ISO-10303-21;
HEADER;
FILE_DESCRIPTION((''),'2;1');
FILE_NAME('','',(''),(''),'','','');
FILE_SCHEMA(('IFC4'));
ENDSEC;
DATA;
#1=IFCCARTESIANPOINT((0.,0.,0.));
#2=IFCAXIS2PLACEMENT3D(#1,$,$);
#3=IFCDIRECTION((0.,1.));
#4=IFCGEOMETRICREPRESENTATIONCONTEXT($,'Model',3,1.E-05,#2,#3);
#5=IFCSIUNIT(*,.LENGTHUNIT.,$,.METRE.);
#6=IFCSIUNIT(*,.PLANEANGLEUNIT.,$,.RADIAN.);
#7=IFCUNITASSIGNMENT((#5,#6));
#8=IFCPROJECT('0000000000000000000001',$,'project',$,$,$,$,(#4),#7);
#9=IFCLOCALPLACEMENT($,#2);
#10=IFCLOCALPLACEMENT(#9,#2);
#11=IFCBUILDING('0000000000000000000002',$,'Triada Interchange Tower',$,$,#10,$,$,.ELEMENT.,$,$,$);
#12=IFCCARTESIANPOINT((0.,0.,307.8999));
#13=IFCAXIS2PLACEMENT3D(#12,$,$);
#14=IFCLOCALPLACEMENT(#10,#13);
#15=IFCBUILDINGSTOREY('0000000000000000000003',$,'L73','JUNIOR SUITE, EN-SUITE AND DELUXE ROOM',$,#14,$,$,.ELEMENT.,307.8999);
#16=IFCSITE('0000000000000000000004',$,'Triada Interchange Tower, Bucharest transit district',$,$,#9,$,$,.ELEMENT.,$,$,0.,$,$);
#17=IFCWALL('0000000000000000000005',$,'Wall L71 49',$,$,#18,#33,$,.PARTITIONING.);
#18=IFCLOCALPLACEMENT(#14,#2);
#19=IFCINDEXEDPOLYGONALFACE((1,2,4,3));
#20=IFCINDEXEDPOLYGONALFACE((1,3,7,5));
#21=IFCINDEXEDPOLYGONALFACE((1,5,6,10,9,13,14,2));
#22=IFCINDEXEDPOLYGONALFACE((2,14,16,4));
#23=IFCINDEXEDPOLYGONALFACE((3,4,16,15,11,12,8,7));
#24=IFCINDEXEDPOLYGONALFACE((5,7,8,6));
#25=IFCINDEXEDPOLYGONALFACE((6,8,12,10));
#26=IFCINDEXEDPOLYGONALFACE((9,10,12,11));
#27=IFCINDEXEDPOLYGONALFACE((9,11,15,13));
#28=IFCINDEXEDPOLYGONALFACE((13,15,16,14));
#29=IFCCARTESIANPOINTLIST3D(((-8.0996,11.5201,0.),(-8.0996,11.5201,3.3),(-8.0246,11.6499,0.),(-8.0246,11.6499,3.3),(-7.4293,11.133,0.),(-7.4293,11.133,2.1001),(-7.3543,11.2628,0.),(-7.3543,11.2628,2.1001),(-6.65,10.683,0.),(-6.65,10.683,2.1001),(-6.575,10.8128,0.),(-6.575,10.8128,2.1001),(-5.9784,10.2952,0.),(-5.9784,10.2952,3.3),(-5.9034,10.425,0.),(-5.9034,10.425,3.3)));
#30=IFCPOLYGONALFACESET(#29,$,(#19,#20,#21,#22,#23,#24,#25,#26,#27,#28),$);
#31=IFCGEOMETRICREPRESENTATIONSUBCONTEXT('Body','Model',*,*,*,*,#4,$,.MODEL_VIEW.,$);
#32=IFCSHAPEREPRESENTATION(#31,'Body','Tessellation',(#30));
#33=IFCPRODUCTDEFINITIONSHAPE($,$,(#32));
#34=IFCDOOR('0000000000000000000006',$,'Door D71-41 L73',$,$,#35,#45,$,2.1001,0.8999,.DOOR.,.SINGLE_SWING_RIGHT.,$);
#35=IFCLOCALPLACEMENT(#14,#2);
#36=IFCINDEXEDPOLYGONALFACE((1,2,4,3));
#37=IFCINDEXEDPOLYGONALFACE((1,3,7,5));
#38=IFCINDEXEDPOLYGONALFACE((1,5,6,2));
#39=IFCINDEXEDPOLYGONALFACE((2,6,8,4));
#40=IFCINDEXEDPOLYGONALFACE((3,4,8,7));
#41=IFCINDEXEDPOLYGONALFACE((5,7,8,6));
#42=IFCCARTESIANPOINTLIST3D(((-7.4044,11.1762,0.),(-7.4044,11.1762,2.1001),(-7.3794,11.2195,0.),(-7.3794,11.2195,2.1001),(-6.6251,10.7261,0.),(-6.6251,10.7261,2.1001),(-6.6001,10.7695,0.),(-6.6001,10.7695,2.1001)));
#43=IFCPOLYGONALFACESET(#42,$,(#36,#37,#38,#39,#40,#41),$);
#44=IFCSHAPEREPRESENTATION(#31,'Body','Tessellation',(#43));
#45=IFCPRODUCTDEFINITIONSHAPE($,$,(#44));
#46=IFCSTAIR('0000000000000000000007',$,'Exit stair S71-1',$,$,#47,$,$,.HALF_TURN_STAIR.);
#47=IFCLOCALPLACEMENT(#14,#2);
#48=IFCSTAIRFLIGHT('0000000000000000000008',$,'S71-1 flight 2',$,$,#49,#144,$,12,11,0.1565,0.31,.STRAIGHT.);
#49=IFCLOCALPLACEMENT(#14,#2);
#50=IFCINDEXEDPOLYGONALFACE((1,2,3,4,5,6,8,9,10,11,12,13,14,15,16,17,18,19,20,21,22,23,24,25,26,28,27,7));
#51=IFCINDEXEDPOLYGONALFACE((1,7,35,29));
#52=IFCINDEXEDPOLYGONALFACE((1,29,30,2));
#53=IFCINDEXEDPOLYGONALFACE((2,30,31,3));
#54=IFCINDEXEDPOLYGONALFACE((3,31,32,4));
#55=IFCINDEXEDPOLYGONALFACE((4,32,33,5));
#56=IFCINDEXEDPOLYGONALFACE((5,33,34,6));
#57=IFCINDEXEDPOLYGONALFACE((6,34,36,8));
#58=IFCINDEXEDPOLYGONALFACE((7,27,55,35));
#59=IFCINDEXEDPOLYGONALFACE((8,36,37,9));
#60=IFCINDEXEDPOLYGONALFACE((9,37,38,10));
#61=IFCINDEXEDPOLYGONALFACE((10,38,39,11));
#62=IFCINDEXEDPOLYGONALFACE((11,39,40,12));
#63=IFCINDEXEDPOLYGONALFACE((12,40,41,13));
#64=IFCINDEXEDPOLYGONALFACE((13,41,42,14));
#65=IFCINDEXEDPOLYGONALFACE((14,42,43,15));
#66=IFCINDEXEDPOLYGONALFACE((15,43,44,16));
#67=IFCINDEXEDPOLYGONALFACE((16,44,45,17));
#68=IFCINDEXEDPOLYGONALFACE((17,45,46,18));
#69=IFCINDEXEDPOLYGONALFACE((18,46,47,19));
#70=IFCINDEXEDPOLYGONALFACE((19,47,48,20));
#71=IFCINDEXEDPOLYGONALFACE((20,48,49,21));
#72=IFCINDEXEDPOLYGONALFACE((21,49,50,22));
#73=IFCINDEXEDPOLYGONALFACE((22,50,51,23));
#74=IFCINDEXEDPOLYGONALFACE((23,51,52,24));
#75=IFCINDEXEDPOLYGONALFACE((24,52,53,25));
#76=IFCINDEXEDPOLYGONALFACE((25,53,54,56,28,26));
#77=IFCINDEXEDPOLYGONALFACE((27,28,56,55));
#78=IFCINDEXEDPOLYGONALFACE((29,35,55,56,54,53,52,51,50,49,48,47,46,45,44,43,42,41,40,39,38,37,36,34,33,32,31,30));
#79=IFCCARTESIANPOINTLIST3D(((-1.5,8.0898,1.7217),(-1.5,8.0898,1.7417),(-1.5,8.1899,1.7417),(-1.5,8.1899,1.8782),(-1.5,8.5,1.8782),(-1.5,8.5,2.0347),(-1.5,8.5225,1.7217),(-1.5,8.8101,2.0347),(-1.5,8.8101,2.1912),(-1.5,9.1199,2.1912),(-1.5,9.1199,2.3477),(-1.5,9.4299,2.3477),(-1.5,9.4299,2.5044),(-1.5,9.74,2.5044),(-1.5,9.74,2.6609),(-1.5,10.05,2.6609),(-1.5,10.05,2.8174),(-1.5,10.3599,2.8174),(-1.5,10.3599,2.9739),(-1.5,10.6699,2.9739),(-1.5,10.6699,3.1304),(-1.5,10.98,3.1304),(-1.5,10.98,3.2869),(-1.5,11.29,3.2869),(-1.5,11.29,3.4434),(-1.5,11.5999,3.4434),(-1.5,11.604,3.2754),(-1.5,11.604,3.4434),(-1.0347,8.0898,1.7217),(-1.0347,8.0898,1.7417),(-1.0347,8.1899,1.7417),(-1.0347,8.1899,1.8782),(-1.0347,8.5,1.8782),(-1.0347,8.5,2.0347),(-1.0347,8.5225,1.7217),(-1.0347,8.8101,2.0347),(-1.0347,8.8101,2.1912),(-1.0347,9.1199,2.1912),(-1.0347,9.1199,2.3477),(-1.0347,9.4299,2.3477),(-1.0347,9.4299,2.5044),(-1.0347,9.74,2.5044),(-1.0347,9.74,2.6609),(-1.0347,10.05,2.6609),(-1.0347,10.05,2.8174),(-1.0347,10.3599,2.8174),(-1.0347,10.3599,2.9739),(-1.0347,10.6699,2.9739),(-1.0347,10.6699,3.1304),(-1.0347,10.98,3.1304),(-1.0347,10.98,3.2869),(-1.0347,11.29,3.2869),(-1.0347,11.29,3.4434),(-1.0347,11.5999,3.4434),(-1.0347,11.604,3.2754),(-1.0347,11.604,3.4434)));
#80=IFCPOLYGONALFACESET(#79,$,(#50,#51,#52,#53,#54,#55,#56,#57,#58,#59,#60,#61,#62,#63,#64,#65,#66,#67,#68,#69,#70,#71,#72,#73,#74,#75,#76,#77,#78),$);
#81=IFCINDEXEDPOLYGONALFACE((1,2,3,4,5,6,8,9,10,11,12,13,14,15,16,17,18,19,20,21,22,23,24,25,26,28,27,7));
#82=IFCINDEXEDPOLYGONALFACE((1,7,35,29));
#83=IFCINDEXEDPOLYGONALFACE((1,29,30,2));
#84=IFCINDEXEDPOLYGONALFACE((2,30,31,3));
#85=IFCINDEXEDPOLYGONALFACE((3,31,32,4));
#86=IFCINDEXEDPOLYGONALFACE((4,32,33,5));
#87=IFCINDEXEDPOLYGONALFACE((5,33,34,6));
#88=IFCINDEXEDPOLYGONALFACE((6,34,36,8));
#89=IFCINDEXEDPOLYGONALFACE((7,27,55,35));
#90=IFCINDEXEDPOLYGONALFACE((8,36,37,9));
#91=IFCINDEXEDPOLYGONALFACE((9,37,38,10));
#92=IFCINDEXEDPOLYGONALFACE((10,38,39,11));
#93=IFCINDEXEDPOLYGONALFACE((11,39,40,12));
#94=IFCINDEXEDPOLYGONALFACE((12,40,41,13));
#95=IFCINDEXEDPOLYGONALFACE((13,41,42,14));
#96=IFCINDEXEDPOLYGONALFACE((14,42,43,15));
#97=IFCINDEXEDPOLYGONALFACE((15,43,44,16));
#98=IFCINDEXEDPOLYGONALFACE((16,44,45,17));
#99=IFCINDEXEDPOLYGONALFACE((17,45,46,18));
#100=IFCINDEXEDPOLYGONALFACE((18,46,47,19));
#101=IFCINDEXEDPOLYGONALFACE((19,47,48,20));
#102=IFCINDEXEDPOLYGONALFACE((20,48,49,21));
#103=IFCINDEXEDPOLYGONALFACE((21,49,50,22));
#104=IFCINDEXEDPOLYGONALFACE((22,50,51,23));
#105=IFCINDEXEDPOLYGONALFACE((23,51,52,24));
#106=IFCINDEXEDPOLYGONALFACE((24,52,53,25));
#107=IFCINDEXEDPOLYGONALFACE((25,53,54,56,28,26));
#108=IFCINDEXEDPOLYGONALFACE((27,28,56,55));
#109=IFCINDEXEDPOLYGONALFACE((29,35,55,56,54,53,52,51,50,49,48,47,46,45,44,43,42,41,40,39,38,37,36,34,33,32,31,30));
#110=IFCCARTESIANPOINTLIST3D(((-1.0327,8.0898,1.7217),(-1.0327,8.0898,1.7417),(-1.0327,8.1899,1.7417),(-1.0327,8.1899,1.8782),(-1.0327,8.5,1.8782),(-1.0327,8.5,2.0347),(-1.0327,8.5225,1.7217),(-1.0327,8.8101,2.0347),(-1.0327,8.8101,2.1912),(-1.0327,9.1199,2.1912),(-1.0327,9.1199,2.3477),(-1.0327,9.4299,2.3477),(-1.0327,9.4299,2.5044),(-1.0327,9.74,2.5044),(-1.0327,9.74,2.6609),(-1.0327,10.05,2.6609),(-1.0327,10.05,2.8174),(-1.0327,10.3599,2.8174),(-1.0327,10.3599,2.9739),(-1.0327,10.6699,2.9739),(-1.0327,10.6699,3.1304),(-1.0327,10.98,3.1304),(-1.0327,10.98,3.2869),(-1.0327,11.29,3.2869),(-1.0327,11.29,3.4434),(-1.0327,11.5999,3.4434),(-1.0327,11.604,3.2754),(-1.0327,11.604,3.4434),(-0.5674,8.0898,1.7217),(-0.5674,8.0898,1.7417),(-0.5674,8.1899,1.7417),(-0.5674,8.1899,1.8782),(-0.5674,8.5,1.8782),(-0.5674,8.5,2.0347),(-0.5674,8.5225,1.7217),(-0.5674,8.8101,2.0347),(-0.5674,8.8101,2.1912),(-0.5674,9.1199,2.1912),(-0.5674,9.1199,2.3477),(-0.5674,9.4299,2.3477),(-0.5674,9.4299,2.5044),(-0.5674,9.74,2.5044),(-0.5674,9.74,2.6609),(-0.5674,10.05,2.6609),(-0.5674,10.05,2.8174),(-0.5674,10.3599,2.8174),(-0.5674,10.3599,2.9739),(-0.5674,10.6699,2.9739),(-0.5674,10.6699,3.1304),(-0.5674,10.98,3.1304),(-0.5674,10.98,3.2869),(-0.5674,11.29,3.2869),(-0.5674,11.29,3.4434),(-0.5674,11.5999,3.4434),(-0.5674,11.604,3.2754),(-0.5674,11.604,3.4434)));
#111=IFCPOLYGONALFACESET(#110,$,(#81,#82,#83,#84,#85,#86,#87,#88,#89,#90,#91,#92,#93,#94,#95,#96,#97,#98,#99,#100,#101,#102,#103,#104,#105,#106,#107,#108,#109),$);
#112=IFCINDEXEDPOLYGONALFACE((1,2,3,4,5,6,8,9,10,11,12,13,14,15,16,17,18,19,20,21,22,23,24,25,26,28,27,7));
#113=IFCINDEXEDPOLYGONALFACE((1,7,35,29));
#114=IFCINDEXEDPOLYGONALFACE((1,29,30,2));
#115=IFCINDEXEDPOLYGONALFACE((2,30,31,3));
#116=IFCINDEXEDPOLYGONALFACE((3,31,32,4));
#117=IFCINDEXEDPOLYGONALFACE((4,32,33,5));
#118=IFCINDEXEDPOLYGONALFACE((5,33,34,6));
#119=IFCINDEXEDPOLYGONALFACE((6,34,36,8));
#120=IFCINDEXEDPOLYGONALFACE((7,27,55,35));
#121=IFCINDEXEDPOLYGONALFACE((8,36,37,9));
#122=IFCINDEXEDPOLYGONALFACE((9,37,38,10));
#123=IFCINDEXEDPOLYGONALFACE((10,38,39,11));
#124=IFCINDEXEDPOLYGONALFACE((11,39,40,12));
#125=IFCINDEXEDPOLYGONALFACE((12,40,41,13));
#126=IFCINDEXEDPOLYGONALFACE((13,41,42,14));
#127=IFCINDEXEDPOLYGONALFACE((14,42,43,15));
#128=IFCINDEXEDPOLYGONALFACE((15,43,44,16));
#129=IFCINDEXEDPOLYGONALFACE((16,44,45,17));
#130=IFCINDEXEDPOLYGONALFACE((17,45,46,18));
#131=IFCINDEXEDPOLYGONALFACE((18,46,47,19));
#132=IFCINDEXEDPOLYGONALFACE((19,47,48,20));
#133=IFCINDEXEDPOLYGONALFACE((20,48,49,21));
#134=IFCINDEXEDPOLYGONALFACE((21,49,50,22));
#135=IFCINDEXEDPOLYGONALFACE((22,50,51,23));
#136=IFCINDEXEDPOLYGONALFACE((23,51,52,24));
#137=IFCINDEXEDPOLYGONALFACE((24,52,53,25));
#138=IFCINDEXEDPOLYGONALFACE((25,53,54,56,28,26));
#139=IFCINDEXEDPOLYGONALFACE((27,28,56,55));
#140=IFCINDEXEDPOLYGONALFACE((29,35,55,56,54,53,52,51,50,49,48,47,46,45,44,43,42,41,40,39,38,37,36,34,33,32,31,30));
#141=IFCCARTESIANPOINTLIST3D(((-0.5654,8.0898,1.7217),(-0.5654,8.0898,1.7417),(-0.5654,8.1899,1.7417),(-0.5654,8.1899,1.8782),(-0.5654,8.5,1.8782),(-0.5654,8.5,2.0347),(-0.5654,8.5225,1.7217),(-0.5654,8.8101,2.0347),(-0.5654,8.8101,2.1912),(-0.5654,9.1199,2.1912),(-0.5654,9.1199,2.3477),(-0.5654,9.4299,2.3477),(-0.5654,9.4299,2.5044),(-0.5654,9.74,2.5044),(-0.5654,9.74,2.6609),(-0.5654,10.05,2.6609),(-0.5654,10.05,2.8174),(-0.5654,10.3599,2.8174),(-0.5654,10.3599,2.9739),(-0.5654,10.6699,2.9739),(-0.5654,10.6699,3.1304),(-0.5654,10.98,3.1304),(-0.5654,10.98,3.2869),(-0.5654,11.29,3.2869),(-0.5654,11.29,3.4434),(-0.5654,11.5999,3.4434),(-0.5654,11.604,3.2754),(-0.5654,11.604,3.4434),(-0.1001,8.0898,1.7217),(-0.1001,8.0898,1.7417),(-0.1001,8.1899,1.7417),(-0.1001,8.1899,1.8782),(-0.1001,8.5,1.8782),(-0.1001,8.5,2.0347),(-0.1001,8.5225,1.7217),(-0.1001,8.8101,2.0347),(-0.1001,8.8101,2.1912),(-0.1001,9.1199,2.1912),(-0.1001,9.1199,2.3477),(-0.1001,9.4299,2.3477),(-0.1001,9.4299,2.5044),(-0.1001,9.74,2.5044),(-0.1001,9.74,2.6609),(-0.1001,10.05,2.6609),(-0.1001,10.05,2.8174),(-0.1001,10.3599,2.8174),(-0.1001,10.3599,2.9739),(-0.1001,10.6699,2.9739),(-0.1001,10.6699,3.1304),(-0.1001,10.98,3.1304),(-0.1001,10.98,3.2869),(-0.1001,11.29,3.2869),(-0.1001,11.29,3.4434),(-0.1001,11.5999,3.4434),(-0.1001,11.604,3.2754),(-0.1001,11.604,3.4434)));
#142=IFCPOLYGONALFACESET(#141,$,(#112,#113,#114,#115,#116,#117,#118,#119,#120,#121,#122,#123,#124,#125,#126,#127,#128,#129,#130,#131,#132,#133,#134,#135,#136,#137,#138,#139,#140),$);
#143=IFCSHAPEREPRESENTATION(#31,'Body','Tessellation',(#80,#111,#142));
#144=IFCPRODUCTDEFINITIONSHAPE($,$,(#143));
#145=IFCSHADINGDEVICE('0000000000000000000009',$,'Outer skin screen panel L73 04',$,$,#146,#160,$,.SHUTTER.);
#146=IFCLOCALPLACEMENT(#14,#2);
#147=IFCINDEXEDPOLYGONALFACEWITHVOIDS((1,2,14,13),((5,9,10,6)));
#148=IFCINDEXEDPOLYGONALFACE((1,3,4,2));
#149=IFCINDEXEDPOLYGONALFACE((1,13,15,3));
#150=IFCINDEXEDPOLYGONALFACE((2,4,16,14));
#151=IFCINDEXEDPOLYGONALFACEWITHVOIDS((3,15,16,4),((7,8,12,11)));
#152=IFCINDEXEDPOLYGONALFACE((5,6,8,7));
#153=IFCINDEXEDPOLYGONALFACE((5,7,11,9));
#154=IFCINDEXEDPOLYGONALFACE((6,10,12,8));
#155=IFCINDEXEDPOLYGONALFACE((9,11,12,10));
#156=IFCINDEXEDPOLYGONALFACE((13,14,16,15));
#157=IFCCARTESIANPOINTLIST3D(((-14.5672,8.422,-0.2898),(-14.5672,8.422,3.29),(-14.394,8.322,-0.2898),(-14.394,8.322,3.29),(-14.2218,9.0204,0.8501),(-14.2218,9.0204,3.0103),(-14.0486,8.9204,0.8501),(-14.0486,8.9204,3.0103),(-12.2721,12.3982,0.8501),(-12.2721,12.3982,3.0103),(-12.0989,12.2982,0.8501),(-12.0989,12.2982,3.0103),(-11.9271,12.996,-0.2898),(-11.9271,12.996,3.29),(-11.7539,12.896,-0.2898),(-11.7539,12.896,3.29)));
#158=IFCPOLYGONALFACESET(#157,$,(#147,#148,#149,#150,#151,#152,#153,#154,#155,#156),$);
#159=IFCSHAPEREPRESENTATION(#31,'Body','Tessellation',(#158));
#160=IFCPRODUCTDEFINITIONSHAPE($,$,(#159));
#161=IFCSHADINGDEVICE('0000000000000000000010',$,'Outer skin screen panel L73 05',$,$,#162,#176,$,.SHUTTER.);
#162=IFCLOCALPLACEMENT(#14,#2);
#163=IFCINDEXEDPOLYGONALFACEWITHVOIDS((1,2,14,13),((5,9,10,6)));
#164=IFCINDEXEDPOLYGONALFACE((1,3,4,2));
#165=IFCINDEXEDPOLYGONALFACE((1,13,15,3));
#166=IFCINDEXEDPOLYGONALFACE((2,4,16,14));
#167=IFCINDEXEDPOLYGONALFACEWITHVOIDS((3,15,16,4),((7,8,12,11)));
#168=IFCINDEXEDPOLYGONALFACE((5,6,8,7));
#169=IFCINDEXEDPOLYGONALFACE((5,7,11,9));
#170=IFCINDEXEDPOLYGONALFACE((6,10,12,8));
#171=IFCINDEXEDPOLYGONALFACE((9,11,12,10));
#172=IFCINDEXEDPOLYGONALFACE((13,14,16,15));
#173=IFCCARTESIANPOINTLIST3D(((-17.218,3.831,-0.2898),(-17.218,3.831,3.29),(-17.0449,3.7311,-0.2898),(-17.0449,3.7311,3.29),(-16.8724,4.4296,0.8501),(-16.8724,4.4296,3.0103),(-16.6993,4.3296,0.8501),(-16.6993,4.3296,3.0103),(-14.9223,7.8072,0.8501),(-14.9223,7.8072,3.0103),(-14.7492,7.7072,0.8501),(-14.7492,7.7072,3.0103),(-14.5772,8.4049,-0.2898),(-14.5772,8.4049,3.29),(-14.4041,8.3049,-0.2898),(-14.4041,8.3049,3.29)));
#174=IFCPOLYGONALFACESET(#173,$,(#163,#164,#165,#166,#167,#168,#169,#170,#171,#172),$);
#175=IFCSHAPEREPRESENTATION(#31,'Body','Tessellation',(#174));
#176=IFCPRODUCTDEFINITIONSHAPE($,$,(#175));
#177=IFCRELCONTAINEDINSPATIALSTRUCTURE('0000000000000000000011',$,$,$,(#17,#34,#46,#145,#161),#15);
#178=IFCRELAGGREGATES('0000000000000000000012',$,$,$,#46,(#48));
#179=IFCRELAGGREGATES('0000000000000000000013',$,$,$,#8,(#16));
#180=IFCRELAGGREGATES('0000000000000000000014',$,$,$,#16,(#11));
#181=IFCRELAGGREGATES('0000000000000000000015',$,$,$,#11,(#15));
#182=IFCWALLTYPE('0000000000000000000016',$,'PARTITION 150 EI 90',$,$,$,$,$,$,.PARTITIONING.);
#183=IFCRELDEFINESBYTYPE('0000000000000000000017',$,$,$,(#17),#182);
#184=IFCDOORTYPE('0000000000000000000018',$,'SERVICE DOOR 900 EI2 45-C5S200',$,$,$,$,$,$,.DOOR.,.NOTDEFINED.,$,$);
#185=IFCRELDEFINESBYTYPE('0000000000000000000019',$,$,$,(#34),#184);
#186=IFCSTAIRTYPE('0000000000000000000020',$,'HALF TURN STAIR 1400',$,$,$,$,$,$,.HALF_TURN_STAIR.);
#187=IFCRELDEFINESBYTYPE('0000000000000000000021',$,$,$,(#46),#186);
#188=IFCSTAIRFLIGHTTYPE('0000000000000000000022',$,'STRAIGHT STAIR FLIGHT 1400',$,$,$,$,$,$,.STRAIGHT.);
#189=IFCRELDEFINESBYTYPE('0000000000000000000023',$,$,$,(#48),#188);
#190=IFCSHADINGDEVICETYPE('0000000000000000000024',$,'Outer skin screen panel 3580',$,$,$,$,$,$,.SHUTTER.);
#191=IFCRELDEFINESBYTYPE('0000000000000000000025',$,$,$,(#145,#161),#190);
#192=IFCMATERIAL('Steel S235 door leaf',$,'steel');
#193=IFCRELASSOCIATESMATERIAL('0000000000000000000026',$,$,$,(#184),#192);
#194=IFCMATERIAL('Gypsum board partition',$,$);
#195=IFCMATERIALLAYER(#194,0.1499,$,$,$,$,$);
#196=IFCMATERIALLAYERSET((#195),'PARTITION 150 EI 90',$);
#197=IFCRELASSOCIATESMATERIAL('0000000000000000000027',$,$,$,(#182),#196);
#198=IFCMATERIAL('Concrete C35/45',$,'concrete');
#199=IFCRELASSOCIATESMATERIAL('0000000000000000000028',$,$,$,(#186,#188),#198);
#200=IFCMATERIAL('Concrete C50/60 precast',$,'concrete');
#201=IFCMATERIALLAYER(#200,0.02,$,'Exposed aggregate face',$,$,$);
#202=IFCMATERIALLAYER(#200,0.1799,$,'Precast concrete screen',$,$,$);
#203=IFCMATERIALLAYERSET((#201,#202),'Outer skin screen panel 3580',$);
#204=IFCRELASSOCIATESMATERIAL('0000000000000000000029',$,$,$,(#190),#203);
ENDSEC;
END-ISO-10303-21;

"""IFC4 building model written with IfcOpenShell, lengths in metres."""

from ifc_helpers import new_model, si_unit, direction, frame, frame_2d, origin, place, context, subcontext, project, spatial, polyline, rectangle, outline, extrude, material, layer, layer_set, type_object, element, fill, aggregate, save


model = new_model("IFC4")

# Units and contexts
model_context = context("Model", 3, precision=1e-05, world=origin(), true_north=direction((0.0, 1.0)))
body_context = subcontext(model_context, "Body", "Model", "MODEL_VIEW")
ifc_project = project(units=[si_unit("LENGTHUNIT", "METRE"), si_unit("PLANEANGLEUNIT", "RADIAN")], contexts=[model_context])

# Site, building, storey
site_placement = place(None, origin())
site = spatial("IfcSite", under=ifc_project, at=site_placement, Name="Triada Interchange Tower, Bucharest transit district", CompositionType="ELEMENT", RefElevation=0.0)
building_placement = place(site_placement, origin())
building = spatial("IfcBuilding", under=site, at=building_placement, Name="Triada Interchange Tower", CompositionType="ELEMENT")
storey_placement = place(building_placement, frame((0.0, 0.0, 307.8999)))
storey = spatial("IfcBuildingStorey", under=building, at=storey_placement, Name="L73", Description="JUNIOR SUITE, EN-SUITE AND DELUXE ROOM", CompositionType="ELEMENT", Elevation=307.8999)

# Shared definitions
ifc_material_1 = material(Name="Steel S235 door leaf", Category="steel")
door_type_1 = type_object("IfcDoorType", Name="SERVICE DOOR 900 EI2 45-C5S200", OperationType="NOTDEFINED", PredefinedType="DOOR", material=ifc_material_1)

# Shared definitions
ifc_material_2 = material(Name="Gypsum board partition")

# Shared definitions
ifc_layer_1 = layer(ifc_material_2, 0.1499)
ifc_layer_set_1 = layer_set([ifc_layer_1], Name="PARTITION 150 EI 90")
wall_type_1 = type_object("IfcWallType", Name="PARTITION 150 EI 90", PredefinedType="PARTITIONING", material=ifc_layer_set_1)

# Wall, opening, door
wall_1_placement = place(storey_placement, frame((-8.062, 11.585, 0.0), z_axis=(0.0, 0.0, 1.0), x_axis=(0.865983, -0.500073, 0.0)))
wall_1 = element("IfcWall", 1, at=wall_1_placement, inside=storey, type_object=wall_type_1, Name="Wall L71 49", PredefinedType="PARTITIONING", context=body_context, shape_type="SweptSolid", body=[
    extrude(rectangle(XDim=2.4495, YDim=0.1499, at=frame_2d((1.2246, 0.0))), origin(), (0.0, 0.0, 1.0), 3.3),
])
opening_1_placement = place(wall_1_placement, frame((0.7739, 0.0, 0.0)))
opening_1 = element("IfcOpeningElement", 2, at=opening_1_placement, cuts=wall_1, PredefinedType="OPENING", context=body_context, shape_type="SweptSolid", body=[
    extrude(rectangle(XDim=0.8999, YDim=2.1001, at=frame_2d((0.45, 1.05))), frame((0.0, 0.085, 0.0), z_axis=(0.0, -1.0, 0.0), x_axis=(1.0, 0.0, 0.0)), (0.0, 0.0, 1.0), 0.1699),
])
door_1_placement = place(opening_1_placement, origin())
door_1 = element("IfcDoor", 3, at=door_1_placement, inside=storey, type_object=door_type_1, Name="Door D71-41 L73", OperationType="SINGLE_SWING_RIGHT", OverallHeight=2.1001, OverallWidth=0.8999, PredefinedType="DOOR", context=body_context, shape_type="SweptSolid", body=[
    extrude(rectangle(XDim=0.8999, YDim=2.1001, at=frame_2d((0.45, 1.05))), frame((0.0, 0.0249, 0.0), z_axis=(0.0, -1.0, 0.0), x_axis=(1.0, 0.0, 0.0)), (0.0, 0.0, 1.0), 0.05),
])
fill(opening_1, door_1)

# Stair, stair flight
ifc_material_3 = material(Name="Concrete C35/45", Category="concrete")
stair_type = type_object("IfcStairType", Name="HALF TURN STAIR 1400", PredefinedType="HALF_TURN_STAIR", material=ifc_material_3)
stair_placement = place(storey_placement, origin())
stair = element("IfcStair", 4, at=stair_placement, inside=storey, type_object=stair_type, Name="Exit stair S71-1", PredefinedType="HALF_TURN_STAIR")
stair_flight_type = type_object("IfcStairFlightType", Name="STRAIGHT STAIR FLIGHT 1400", PredefinedType="STRAIGHT", material=ifc_material_3)
stair_flight_placement = place(storey_placement, frame((-0.8, 8.1899, 1.7217), z_axis=(0.0, 0.0, 1.0), x_axis=(0.0, 1.0, 0.0)))
stair_flight = element("IfcStairFlight", 5, at=stair_flight_placement, type_object=stair_flight_type, Name="S71-1 flight 2", NumberOfRisers=12, NumberOfTreads=11, PredefinedType="STRAIGHT", RiserHeight=0.1565, TreadLength=0.31, context=body_context, shape_type="SweptSolid", body=[
    extrude(outline(polyline([(-0.1001, 0.0), (-0.1001, 0.02), (0.0, 0.02), (0.0, 0.1565), (0.3101, 0.1565), (0.3101, 0.313), (0.6201, 0.313), (0.6201, 0.4695), (0.9299, 0.4695), (0.9299, 0.626), (1.24, 0.626), (1.24, 0.7827), (1.55, 0.7827), (1.55, 0.9392), (1.8601, 0.9392), (1.8601, 1.0957), (2.1699, 1.0957), (2.1699, 1.2522), (2.48, 1.2522), (2.48, 1.4087), (2.79, 1.4087), (2.79, 1.5652), (3.1001, 1.5652), (3.1001, 1.7217), (3.4099, 1.7217), (3.4141, 1.7217), (3.4141, 1.8782), (3.4141, 1.5537), (0.3325, 0.0), (-0.1001, 0.0)])), frame((0.0, 0.7, 0.0), z_axis=(0.0, -1.0, 0.0), x_axis=(1.0, 0.0, 0.0)), (0.0, 0.0, 1.0), 0.4653),
    extrude(outline(polyline([(-0.1001, 0.0), (-0.1001, 0.02), (0.0, 0.02), (0.0, 0.1565), (0.3101, 0.1565), (0.3101, 0.313), (0.6201, 0.313), (0.6201, 0.4695), (0.9299, 0.4695), (0.9299, 0.626), (1.24, 0.626), (1.24, 0.7827), (1.55, 0.7827), (1.55, 0.9392), (1.8601, 0.9392), (1.8601, 1.0957), (2.1699, 1.0957), (2.1699, 1.2522), (2.48, 1.2522), (2.48, 1.4087), (2.79, 1.4087), (2.79, 1.5652), (3.1001, 1.5652), (3.1001, 1.7217), (3.4099, 1.7217), (3.4141, 1.7217), (3.4141, 1.8782), (3.4141, 1.5537), (0.3325, 0.0), (-0.1001, 0.0)])), frame((0.0, 0.2327, 0.0), z_axis=(0.0, -1.0, 0.0), x_axis=(1.0, 0.0, 0.0)), (0.0, 0.0, 1.0), 0.4653),
    extrude(outline(polyline([(-0.1001, 0.0), (-0.1001, 0.02), (0.0, 0.02), (0.0, 0.1565), (0.3101, 0.1565), (0.3101, 0.313), (0.6201, 0.313), (0.6201, 0.4695), (0.9299, 0.4695), (0.9299, 0.626), (1.24, 0.626), (1.24, 0.7827), (1.55, 0.7827), (1.55, 0.9392), (1.8601, 0.9392), (1.8601, 1.0957), (2.1699, 1.0957), (2.1699, 1.2522), (2.48, 1.2522), (2.48, 1.4087), (2.79, 1.4087), (2.79, 1.5652), (3.1001, 1.5652), (3.1001, 1.7217), (3.4099, 1.7217), (3.4141, 1.7217), (3.4141, 1.8782), (3.4141, 1.5537), (0.3325, 0.0), (-0.1001, 0.0)])), frame((0.0, -0.2346, 0.0), z_axis=(0.0, -1.0, 0.0), x_axis=(1.0, 0.0, 0.0)), (0.0, 0.0, 1.0), 0.4653),
])

# Shading devices
ifc_material_4 = material(Name="Concrete C50/60 precast", Category="concrete")
ifc_layer_2 = layer(ifc_material_4, 0.02, Name="Exposed aggregate face")
ifc_layer_3 = layer(ifc_material_4, 0.1799, Name="Precast concrete screen")
ifc_layer_set_2 = layer_set([ifc_layer_2, ifc_layer_3], Name="Outer skin screen panel 3580")
shading_device_type = type_object("IfcShadingDeviceType", Name="Outer skin screen panel 3580", PredefinedType="SHUTTER", material=ifc_layer_set_2)
shading_device_1_placement = place(storey_placement, frame((-11.7539, 12.896, -0.2898), z_axis=(0.0, 0.0, 1.0), x_axis=(-0.499908, -0.866079, 0.0)))
element("IfcShadingDevice", 6, at=shading_device_1_placement, inside=storey, type_object=shading_device_type, Name="Outer skin screen panel L73 04", PredefinedType="SHUTTER", context=body_context, shape_type="SweptSolid", body=[
    extrude(outline(polyline([(0.0, 0.0), (5.2812, 0.0), (5.2812, 3.5798), (0.0, 3.5798), (0.0, 0.0)]), holes=[polyline([(0.6902, 1.1399), (0.6902, 3.3), (4.5903, 3.3), (4.5903, 1.1399), (0.6902, 1.1399)])]), frame((0.0, 0.0, 0.0), z_axis=(0.0, -1.0, 0.0), x_axis=(1.0, 0.0, 0.0)), (0.0, 0.0, 1.0), 0.2),
])
shading_device_2_placement = place(storey_placement, frame((-14.4041, 8.3049, -0.2898), z_axis=(0.0, 0.0, 1.0), x_axis=(-0.500012, -0.866019, 0.0)))
element("IfcShadingDevice", 7, at=shading_device_2_placement, inside=storey, type_object=shading_device_type, Name="Outer skin screen panel L73 05", PredefinedType="SHUTTER", context=body_context, shape_type="SweptSolid", body=[
    extrude(outline(polyline([(0.0, 0.0), (5.2815, 0.0), (5.2815, 3.5798), (0.0, 3.5798), (0.0, 0.0)]), holes=[polyline([(0.6902, 1.1399), (0.6902, 3.3), (4.5903, 3.3), (4.5903, 1.1399), (0.6902, 1.1399)])]), frame((0.0, 0.0, 0.0), z_axis=(0.0, -1.0, 0.0), x_axis=(1.0, 0.0, 0.0)), (0.0, 0.0, 1.0), 0.2),
])

aggregate(stair, [stair_flight])

save(model, "model.ifc")
